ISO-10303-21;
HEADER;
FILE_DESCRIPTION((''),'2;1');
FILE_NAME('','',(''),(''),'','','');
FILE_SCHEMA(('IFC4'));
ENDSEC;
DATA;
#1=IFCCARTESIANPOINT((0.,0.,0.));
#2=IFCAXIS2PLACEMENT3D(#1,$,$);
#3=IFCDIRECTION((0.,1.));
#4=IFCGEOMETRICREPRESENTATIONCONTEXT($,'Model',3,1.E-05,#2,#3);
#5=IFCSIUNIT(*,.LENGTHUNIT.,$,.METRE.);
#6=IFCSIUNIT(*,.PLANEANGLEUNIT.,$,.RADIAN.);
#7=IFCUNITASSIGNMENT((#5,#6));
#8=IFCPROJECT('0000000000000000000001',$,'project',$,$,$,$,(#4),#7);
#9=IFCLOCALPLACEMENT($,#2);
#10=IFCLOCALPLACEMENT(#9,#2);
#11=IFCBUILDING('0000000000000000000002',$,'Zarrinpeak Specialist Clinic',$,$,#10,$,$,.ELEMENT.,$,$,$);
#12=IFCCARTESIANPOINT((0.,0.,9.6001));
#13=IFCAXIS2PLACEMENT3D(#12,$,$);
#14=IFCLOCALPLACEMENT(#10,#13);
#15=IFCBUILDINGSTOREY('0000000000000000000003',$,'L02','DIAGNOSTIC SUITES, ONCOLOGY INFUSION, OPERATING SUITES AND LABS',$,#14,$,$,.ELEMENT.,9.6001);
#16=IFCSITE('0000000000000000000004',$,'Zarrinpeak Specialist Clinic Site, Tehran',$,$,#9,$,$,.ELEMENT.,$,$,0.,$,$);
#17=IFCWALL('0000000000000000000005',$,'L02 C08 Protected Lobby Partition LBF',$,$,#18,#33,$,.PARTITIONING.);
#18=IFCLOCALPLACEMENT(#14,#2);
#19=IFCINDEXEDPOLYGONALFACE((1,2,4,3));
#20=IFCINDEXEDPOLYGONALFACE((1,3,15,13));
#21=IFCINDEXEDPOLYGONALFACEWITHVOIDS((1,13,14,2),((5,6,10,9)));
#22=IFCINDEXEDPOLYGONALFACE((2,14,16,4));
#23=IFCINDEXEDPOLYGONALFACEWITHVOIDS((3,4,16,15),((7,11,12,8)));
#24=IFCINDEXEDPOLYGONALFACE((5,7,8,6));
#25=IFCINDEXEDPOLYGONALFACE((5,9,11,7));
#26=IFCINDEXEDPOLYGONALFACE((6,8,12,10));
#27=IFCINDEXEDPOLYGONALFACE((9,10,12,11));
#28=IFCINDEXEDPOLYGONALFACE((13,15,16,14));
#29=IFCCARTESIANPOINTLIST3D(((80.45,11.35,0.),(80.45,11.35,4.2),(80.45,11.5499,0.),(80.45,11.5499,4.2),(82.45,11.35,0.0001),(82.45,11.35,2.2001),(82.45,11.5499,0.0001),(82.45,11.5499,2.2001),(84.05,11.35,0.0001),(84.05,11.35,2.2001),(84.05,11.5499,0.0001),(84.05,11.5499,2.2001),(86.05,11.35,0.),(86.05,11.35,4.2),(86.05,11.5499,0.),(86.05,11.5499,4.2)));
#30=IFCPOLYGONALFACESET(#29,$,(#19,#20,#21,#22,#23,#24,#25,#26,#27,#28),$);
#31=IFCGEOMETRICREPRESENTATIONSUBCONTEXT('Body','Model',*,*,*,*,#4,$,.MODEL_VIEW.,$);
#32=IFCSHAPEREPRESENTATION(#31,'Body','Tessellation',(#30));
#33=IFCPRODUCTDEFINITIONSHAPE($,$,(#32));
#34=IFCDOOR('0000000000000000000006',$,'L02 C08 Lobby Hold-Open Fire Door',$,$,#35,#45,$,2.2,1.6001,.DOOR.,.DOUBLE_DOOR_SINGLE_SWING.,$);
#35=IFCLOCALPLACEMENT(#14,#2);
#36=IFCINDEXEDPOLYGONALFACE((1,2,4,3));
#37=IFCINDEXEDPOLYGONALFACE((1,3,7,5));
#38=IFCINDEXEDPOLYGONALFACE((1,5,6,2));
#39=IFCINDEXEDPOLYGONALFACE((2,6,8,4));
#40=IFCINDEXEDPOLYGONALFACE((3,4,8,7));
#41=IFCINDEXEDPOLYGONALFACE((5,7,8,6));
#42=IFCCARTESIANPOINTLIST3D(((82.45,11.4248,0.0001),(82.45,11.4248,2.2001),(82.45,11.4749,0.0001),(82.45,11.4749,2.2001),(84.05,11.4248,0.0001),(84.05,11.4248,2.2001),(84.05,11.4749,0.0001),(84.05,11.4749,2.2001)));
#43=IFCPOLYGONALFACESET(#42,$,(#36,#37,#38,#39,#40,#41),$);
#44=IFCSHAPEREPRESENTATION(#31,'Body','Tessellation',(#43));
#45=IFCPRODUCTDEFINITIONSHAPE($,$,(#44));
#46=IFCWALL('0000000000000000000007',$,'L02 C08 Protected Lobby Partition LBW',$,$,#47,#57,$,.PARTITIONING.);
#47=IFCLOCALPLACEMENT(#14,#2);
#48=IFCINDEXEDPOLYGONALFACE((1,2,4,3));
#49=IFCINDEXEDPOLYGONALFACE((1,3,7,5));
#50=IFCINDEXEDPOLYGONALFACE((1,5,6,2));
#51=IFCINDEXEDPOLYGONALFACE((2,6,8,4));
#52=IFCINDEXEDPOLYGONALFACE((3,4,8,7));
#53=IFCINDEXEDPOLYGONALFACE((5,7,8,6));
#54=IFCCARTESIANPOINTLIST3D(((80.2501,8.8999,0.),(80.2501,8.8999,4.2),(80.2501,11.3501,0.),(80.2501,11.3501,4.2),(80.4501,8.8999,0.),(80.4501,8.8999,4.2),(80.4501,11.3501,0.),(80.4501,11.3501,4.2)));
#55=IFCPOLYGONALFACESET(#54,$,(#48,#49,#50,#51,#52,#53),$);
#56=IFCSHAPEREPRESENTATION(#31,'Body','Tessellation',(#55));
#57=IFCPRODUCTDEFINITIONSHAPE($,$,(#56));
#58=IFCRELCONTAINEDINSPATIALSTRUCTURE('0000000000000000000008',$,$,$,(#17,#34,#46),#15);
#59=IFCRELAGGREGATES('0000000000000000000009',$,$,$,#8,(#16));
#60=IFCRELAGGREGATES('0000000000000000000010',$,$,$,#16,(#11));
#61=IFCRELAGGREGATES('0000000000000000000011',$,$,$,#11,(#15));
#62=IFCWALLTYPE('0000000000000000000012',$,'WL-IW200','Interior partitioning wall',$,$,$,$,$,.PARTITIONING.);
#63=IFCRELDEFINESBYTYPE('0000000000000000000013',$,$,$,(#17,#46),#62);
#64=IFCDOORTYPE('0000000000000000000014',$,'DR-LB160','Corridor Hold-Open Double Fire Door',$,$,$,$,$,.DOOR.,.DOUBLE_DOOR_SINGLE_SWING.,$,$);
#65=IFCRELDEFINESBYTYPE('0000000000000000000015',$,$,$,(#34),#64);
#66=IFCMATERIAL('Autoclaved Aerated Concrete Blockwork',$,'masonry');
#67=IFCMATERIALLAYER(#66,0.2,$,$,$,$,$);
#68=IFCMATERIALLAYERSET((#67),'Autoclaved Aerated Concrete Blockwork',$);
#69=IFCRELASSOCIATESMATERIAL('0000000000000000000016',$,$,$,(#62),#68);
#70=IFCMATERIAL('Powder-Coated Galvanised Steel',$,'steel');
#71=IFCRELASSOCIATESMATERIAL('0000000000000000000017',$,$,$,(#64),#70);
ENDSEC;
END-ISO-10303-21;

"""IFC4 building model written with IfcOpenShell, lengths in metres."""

from ifc_helpers import new_model, si_unit, direction, frame, frame_2d, origin, place, context, subcontext, project, spatial, rectangle, extrude, material, layer, layer_set, type_object, element, fill, save


model = new_model("IFC4")

# Units and contexts
model_context = context("Model", 3, precision=1e-05, world=origin(), true_north=direction((0.0, 1.0)))
body_context = subcontext(model_context, "Body", "Model", "MODEL_VIEW")
ifc_project = project(units=[si_unit("LENGTHUNIT", "METRE"), si_unit("PLANEANGLEUNIT", "RADIAN")], contexts=[model_context])

# Site, building, storey
site_placement = place(None, origin())
site = spatial("IfcSite", under=ifc_project, at=site_placement, Name="Zarrinpeak Specialist Clinic Site, Tehran", CompositionType="ELEMENT", RefElevation=0.0)
building_placement = place(site_placement, origin())
building = spatial("IfcBuilding", under=site, at=building_placement, Name="Zarrinpeak Specialist Clinic", CompositionType="ELEMENT")
storey_placement = place(building_placement, frame((0.0, 0.0, 9.6001)))
storey = spatial("IfcBuildingStorey", under=building, at=storey_placement, Name="L02", Description="DIAGNOSTIC SUITES, ONCOLOGY INFUSION, OPERATING SUITES AND LABS", CompositionType="ELEMENT", Elevation=9.6001)

# Shared definitions
ifc_material_1 = material(Name="Powder-Coated Galvanised Steel", Category="steel")

# Wall, opening, door
ifc_material_2 = material(Name="Autoclaved Aerated Concrete Blockwork", Category="masonry")
ifc_layer_1 = layer(ifc_material_2, 0.2)
ifc_layer_set_1 = layer_set([ifc_layer_1], Name="Autoclaved Aerated Concrete Blockwork")
wall_type_1 = type_object("IfcWallType", Name="WL-IW200", Description="Interior partitioning wall", PredefinedType="PARTITIONING", material=ifc_layer_set_1)
wall_1_placement = place(storey_placement, frame((80.45, 11.45, 0.0), z_axis=(0.0, 0.0, 1.0), x_axis=(1.0, 0.0, 0.0)))
wall_1 = element("IfcWall", 1, at=wall_1_placement, inside=storey, type_object=wall_type_1, Name="L02 C08 Protected Lobby Partition LBF", PredefinedType="PARTITIONING", context=body_context, shape_type="SweptSolid", body=[
    extrude(rectangle(XDim=5.6001, YDim=0.2, at=frame_2d((2.8, 0.0))), origin(), (0.0, 0.0, 1.0), 4.2),
])
opening_1_placement = place(wall_1_placement, frame((2.0, 0.0, 0.0)))
opening_1 = element("IfcOpeningElement", 2, at=opening_1_placement, cuts=wall_1, PredefinedType="OPENING", context=body_context, shape_type="SweptSolid", body=[
    extrude(rectangle(XDim=1.6001, YDim=2.2, at=frame_2d((0.8, 1.1001))), frame((0.0, 0.1099, 0.0), z_axis=(0.0, -1.0, 0.0), x_axis=(1.0, 0.0, 0.0)), (0.0, 0.0, 1.0), 0.22),
])
door_type_1 = type_object("IfcDoorType", Name="DR-LB160", Description="Corridor Hold-Open Double Fire Door", OperationType="DOUBLE_DOOR_SINGLE_SWING", PredefinedType="DOOR", material=ifc_material_1)
door_1_placement = place(opening_1_placement, origin())
door_1 = element("IfcDoor", 3, at=door_1_placement, inside=storey, type_object=door_type_1, Name="L02 C08 Lobby Hold-Open Fire Door", OperationType="DOUBLE_DOOR_SINGLE_SWING", OverallHeight=2.2, OverallWidth=1.6001, PredefinedType="DOOR", context=body_context, shape_type="SweptSolid", body=[
    extrude(rectangle(XDim=1.6001, YDim=2.2, at=frame_2d((0.8, 1.1001))), frame((0.0, 0.0249, 0.0), z_axis=(0.0, -1.0, 0.0), x_axis=(1.0, 0.0, 0.0)), (0.0, 0.0, 1.0), 0.05),
])
fill(opening_1, door_1)

# Wall
wall_2_placement = place(storey_placement, frame((80.3501, 8.8999, 0.0), z_axis=(0.0, 0.0, 1.0), x_axis=(0.0, 1.0, 0.0)))
element("IfcWall", 4, at=wall_2_placement, inside=storey, type_object=wall_type_1, Name="L02 C08 Protected Lobby Partition LBW", PredefinedType="PARTITIONING", context=body_context, shape_type="SweptSolid", body=[
    extrude(rectangle(XDim=2.4502, YDim=0.2, at=frame_2d((1.2251, 0.0))), origin(), (0.0, 0.0, 1.0), 4.2),
])

save(model, "model.ifc")
